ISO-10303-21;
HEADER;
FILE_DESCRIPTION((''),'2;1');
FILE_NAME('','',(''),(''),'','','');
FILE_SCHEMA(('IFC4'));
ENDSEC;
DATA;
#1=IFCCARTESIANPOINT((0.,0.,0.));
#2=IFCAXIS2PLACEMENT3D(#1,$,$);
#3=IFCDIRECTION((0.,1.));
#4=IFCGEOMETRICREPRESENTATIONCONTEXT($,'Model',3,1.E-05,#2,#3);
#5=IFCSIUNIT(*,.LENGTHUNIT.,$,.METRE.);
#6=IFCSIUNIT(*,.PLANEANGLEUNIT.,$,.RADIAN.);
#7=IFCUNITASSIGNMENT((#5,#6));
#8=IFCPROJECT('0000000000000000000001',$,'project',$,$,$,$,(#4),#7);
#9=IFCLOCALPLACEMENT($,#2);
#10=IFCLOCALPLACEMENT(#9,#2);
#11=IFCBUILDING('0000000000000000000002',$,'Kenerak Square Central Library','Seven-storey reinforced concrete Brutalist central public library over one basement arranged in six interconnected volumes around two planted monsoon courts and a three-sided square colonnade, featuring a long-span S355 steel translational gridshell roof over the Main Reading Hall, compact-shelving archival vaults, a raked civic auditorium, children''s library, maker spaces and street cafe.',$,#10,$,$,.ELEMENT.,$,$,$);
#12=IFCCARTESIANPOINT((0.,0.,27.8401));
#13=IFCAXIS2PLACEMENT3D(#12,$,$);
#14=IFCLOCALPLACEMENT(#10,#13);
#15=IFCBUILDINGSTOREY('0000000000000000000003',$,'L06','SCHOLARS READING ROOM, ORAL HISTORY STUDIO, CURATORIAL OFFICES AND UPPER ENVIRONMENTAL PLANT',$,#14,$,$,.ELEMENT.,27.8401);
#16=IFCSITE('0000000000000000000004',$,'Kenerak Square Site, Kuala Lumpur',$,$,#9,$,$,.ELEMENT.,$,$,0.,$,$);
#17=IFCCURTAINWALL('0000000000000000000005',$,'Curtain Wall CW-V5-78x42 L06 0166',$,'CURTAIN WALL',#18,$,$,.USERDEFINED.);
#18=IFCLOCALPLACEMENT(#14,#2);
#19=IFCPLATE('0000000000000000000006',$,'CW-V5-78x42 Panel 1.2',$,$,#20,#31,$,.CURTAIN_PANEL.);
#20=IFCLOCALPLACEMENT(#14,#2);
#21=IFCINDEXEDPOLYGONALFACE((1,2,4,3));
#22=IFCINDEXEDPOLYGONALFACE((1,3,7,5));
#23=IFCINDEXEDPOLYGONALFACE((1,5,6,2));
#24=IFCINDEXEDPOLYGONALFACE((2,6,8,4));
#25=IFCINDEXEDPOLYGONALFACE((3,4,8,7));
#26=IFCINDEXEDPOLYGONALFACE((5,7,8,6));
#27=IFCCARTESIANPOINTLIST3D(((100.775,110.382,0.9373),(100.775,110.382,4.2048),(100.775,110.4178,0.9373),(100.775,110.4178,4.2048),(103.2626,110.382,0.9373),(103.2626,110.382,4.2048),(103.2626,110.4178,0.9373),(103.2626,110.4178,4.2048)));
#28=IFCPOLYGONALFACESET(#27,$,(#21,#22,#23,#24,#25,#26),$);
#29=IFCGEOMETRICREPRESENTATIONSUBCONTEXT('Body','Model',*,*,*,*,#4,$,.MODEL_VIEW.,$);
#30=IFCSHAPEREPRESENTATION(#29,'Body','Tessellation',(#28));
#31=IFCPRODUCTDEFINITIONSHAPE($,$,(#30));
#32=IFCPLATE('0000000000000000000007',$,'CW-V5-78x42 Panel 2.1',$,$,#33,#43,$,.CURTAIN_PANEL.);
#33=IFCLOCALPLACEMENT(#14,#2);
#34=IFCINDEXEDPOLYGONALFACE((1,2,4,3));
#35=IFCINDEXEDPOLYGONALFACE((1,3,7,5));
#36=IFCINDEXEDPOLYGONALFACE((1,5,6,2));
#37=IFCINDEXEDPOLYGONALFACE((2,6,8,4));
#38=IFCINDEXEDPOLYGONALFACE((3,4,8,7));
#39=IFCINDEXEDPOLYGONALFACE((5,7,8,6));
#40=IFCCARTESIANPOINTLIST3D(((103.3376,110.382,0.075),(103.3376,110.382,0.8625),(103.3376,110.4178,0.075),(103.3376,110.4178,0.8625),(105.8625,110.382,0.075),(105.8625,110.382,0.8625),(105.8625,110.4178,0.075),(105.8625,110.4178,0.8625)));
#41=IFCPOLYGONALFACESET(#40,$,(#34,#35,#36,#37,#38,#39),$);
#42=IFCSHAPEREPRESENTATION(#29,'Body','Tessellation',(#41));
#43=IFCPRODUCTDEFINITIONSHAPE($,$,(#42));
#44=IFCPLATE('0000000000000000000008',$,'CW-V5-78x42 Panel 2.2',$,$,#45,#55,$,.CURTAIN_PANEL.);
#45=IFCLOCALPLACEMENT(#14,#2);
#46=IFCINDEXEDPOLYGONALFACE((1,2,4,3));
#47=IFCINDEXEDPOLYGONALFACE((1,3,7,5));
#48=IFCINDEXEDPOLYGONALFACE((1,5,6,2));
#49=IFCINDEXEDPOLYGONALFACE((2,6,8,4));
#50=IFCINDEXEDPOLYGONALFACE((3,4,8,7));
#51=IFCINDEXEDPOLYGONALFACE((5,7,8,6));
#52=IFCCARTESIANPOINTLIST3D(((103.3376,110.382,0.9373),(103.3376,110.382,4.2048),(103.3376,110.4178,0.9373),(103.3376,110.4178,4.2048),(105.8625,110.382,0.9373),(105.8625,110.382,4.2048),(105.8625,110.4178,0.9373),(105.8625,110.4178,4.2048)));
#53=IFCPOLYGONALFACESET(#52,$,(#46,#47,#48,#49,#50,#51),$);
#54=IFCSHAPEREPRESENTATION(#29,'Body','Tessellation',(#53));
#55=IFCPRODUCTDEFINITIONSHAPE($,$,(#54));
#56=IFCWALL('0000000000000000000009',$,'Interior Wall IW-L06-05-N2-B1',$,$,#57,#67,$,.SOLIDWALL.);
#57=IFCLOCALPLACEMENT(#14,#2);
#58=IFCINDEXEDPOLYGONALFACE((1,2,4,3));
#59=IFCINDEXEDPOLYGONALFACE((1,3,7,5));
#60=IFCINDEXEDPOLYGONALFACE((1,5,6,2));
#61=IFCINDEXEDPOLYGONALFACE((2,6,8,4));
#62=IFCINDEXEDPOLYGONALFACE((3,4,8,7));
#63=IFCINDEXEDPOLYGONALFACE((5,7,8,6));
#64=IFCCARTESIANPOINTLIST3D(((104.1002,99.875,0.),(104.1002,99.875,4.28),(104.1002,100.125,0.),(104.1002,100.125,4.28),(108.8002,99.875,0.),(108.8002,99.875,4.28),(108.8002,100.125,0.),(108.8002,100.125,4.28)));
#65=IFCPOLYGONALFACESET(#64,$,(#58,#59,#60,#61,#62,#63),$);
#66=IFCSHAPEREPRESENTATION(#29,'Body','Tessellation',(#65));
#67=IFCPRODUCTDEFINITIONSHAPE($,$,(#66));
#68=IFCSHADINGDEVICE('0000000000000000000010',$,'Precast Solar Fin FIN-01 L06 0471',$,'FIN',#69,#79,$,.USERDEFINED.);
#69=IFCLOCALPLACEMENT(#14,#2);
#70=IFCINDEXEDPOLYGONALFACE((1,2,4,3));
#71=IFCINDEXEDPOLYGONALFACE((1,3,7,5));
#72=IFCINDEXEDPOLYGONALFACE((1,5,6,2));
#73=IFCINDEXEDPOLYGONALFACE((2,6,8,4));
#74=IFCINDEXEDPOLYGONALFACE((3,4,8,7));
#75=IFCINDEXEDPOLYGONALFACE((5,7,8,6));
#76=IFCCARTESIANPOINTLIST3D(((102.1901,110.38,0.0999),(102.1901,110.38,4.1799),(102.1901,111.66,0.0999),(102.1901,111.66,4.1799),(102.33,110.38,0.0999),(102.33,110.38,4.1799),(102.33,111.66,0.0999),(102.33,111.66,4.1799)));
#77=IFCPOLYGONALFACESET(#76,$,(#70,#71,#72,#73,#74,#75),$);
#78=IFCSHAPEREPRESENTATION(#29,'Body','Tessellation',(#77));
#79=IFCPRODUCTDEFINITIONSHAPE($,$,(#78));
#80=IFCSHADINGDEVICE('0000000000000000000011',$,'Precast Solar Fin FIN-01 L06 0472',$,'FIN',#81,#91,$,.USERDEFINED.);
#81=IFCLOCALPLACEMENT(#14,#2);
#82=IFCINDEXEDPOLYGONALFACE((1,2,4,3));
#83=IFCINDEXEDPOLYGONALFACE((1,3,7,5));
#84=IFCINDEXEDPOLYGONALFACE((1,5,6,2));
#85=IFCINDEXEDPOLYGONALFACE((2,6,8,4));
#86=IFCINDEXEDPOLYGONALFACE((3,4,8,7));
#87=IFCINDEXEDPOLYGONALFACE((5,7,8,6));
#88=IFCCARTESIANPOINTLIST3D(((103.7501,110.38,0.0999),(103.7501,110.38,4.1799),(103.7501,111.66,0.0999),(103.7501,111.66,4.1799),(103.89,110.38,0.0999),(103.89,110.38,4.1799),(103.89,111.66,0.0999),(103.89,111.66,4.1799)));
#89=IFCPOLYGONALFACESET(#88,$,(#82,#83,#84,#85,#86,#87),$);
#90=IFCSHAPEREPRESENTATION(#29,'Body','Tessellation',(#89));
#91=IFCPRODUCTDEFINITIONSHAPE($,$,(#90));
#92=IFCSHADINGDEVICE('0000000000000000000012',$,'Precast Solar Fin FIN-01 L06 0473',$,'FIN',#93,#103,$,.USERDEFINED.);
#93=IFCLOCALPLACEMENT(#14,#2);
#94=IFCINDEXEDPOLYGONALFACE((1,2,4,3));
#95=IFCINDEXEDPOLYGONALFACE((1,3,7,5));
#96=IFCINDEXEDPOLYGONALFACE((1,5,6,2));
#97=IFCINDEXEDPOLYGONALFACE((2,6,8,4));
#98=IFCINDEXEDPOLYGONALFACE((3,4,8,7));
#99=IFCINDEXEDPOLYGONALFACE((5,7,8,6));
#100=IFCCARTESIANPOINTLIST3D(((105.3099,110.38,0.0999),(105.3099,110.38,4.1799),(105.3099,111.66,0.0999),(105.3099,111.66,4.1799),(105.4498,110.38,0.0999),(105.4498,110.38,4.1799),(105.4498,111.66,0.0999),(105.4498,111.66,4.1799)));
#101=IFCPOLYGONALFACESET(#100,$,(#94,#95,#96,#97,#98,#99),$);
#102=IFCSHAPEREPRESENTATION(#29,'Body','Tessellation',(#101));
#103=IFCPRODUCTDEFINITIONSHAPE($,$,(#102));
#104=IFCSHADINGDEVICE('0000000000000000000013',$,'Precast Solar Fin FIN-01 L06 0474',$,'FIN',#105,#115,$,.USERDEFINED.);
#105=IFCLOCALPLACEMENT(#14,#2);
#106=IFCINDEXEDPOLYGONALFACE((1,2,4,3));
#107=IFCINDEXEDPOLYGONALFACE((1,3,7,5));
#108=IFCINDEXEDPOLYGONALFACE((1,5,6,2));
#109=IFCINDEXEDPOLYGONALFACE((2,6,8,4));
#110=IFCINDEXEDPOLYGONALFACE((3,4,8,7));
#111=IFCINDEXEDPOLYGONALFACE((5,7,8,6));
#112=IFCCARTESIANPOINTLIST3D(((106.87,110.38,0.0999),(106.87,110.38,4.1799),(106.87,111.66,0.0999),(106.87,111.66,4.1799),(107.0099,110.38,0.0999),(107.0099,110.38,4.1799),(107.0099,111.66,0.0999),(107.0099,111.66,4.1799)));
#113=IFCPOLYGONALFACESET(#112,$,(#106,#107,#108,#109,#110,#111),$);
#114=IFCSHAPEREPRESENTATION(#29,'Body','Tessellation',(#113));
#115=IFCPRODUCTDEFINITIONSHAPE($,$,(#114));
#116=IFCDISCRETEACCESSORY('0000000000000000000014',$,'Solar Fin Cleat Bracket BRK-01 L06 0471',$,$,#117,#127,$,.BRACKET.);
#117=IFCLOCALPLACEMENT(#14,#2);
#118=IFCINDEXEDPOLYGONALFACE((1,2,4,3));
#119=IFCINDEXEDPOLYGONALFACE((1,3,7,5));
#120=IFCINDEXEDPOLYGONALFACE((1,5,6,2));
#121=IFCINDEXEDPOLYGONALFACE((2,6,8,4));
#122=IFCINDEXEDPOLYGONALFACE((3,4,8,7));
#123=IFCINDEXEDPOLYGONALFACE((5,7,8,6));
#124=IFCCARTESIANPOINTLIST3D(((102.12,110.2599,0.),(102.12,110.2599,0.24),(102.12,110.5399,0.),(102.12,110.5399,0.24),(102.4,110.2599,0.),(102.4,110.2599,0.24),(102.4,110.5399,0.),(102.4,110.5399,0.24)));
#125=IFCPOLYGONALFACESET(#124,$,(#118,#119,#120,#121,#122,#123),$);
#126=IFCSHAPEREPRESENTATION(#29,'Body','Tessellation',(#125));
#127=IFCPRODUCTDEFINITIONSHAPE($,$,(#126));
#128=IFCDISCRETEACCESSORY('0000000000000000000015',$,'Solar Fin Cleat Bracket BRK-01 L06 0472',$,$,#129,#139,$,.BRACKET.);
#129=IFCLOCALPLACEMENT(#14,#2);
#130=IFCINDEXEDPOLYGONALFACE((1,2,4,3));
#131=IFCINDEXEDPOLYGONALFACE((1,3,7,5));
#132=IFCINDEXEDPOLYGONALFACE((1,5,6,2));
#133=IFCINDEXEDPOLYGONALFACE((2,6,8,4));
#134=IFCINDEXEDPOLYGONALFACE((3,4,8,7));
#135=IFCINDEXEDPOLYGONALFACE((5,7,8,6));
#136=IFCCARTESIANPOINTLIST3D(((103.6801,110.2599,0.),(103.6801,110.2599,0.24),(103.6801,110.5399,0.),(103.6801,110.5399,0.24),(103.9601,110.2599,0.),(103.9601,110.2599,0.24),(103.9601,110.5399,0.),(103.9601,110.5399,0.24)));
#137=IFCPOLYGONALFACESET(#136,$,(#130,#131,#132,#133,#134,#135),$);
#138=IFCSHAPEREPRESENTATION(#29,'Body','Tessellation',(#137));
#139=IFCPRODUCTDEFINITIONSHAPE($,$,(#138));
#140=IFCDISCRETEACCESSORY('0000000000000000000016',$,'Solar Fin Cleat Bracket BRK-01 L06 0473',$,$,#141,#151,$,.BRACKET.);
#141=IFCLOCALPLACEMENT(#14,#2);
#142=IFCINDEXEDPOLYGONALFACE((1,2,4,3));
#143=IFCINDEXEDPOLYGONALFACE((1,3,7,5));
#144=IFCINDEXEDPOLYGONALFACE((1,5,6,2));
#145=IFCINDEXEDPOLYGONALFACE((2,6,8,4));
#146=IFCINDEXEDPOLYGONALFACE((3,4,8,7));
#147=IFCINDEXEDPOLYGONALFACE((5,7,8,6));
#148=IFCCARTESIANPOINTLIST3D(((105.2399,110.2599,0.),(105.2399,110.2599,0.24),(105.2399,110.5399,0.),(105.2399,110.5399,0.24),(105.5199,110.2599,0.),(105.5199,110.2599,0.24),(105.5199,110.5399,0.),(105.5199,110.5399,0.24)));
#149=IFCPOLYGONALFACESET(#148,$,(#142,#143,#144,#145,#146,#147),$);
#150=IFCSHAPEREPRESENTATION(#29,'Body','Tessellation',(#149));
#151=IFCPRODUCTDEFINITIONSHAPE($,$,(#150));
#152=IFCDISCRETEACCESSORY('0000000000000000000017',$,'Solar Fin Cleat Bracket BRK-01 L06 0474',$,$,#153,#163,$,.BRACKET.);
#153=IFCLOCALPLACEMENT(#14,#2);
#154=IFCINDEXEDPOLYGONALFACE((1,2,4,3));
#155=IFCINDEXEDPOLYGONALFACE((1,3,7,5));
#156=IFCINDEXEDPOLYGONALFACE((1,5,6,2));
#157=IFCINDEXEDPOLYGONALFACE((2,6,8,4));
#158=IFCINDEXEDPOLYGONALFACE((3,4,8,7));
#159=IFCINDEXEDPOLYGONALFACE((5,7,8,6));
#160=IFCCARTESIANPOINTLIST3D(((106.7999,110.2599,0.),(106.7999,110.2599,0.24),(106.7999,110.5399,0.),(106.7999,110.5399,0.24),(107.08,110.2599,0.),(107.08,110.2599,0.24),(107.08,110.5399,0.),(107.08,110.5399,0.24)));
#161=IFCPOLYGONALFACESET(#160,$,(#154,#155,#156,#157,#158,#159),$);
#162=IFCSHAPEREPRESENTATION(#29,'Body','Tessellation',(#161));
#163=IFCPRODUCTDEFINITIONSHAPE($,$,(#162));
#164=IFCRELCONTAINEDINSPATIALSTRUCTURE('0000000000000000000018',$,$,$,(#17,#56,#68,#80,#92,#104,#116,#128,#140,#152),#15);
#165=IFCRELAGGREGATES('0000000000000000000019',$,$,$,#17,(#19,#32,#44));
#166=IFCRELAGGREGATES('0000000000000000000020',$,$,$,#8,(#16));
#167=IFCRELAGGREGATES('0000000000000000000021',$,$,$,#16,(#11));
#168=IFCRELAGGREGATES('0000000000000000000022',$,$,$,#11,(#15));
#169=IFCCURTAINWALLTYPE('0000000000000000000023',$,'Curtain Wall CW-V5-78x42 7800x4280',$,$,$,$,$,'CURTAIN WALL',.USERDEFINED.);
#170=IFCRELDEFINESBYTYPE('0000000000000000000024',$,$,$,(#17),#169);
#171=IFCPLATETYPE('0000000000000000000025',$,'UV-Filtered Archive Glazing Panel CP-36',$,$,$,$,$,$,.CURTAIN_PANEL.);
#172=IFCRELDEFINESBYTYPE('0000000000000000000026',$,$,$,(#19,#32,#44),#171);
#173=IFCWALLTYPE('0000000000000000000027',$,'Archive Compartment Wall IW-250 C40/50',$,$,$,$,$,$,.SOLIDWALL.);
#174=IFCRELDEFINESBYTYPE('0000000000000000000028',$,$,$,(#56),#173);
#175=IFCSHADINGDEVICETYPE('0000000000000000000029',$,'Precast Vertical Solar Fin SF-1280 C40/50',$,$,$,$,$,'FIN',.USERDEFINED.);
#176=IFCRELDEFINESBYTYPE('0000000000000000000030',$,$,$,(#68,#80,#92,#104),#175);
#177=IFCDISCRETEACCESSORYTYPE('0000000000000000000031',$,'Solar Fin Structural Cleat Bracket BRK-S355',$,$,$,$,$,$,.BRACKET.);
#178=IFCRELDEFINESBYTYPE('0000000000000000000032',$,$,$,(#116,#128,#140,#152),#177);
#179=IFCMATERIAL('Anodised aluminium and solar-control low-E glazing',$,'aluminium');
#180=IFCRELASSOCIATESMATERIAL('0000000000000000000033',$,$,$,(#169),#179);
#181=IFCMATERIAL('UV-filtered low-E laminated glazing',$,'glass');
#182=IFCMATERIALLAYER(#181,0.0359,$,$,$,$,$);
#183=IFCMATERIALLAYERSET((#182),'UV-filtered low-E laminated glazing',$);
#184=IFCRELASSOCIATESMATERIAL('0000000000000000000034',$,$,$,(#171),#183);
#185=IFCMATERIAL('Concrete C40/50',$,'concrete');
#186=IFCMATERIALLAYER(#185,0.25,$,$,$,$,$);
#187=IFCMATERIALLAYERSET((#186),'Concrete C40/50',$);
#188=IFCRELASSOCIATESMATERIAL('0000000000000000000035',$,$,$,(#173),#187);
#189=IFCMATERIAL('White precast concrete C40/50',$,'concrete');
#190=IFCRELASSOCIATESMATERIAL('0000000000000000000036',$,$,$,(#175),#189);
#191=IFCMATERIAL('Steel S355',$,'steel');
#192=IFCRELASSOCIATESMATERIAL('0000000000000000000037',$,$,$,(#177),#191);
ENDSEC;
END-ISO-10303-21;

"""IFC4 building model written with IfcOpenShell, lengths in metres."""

from ifc_helpers import new_model, si_unit, direction, frame, frame_2d, origin, origin_2d, place, context, subcontext, project, spatial, rectangle, extrude, material, layer, layer_set, type_object, element, aggregate, save


model = new_model("IFC4")

# Units and contexts
model_context = context("Model", 3, precision=1e-05, world=origin(), true_north=direction((0.0, 1.0)))
body_context = subcontext(model_context, "Body", "Model", "MODEL_VIEW")
ifc_project = project(units=[si_unit("LENGTHUNIT", "METRE"), si_unit("PLANEANGLEUNIT", "RADIAN")], contexts=[model_context])

# Site, building, storey
site_placement = place(None, origin())
site = spatial("IfcSite", under=ifc_project, at=site_placement, Name="Kenerak Square Site, Kuala Lumpur", CompositionType="ELEMENT", RefElevation=0.0)
building_placement = place(site_placement, origin())
building = spatial("IfcBuilding", under=site, at=building_placement, Name="Kenerak Square Central Library", Description="Seven-storey reinforced concrete Brutalist central public library over one basement arranged in six interconnected volumes around two planted monsoon courts and a three-sided square colonnade, featuring a long-span S355 steel translational gridshell roof over the Main Reading Hall, compact-shelving archival vaults, a raked civic auditorium, children's library, maker spaces and street cafe.", CompositionType="ELEMENT")
storey_placement = place(building_placement, frame((0.0, 0.0, 27.8401)))
storey = spatial("IfcBuildingStorey", under=building, at=storey_placement, Name="L06", Description="SCHOLARS READING ROOM, ORAL HISTORY STUDIO, CURATORIAL OFFICES AND UPPER ENVIRONMENTAL PLANT", CompositionType="ELEMENT", Elevation=27.8401)

# Curtain wall, plates
ifc_material_1 = material(Name="Anodised aluminium and solar-control low-E glazing", Category="aluminium")
curtain_wall_type = type_object("IfcCurtainWallType", Name="Curtain Wall CW-V5-78x42 7800x4280", ElementType="CURTAIN WALL", PredefinedType="USERDEFINED", material=ifc_material_1)
curtain_wall_placement = place(storey_placement, origin())
curtain_wall = element("IfcCurtainWall", 1, at=curtain_wall_placement, inside=storey, type_object=curtain_wall_type, Name="Curtain Wall CW-V5-78x42 L06 0166", ObjectType="CURTAIN WALL", PredefinedType="USERDEFINED")
ifc_material_2 = material(Name="UV-filtered low-E laminated glazing", Category="glass")
ifc_layer_1 = layer(ifc_material_2, 0.0359)
ifc_layer_set_1 = layer_set([ifc_layer_1], Name="UV-filtered low-E laminated glazing")
plate_type = type_object("IfcPlateType", Name="UV-Filtered Archive Glazing Panel CP-36", PredefinedType="CURTAIN_PANEL", material=ifc_layer_set_1)
plate_1_placement = place(storey_placement, frame((102.0188, 110.3999, 0.9373), z_axis=(0.0, 0.0, 1.0), x_axis=(1.0, 0.0, 0.0)))
plate_1 = element("IfcPlate", 2, at=plate_1_placement, type_object=plate_type, Name="CW-V5-78x42 Panel 1.2", PredefinedType="CURTAIN_PANEL", context=body_context, shape_type="SweptSolid", body=[
    extrude(rectangle(XDim=2.4875, YDim=0.0359, at=origin_2d()), origin(), (0.0, 0.0, 1.0), 3.2676),
])
plate_2_placement = place(storey_placement, frame((104.6001, 110.3999, 0.075), z_axis=(0.0, 0.0, 1.0), x_axis=(1.0, 0.0, 0.0)))
plate_2 = element("IfcPlate", 3, at=plate_2_placement, type_object=plate_type, Name="CW-V5-78x42 Panel 2.1", PredefinedType="CURTAIN_PANEL", context=body_context, shape_type="SweptSolid", body=[
    extrude(rectangle(XDim=2.5249, YDim=0.0359, at=origin_2d()), origin(), (0.0, 0.0, 1.0), 0.7876),
])
plate_3_placement = place(storey_placement, frame((104.6001, 110.3999, 0.9373), z_axis=(0.0, 0.0, 1.0), x_axis=(1.0, 0.0, 0.0)))
plate_3 = element("IfcPlate", 4, at=plate_3_placement, type_object=plate_type, Name="CW-V5-78x42 Panel 2.2", PredefinedType="CURTAIN_PANEL", context=body_context, shape_type="SweptSolid", body=[
    extrude(rectangle(XDim=2.5249, YDim=0.0359, at=origin_2d()), origin(), (0.0, 0.0, 1.0), 3.2676),
])
aggregate(curtain_wall, [plate_1, plate_2, plate_3])

# Wall
ifc_material_3 = material(Name="Concrete C40/50", Category="concrete")
ifc_layer_2 = layer(ifc_material_3, 0.25)
ifc_layer_set_2 = layer_set([ifc_layer_2], Name="Concrete C40/50")
wall_type = type_object("IfcWallType", Name="Archive Compartment Wall IW-250 C40/50", PredefinedType="SOLIDWALL", material=ifc_layer_set_2)
wall_placement = place(storey_placement, frame((104.1001, 100.0, 0.0), z_axis=(0.0, 0.0, 1.0), x_axis=(1.0, 0.0, 0.0)))
element("IfcWall", 5, at=wall_placement, inside=storey, type_object=wall_type, Name="Interior Wall IW-L06-05-N2-B1", PredefinedType="SOLIDWALL", context=body_context, shape_type="SweptSolid", body=[
    extrude(rectangle(XDim=4.7, YDim=0.25, at=frame_2d((2.3501, 0.0))), origin(), (0.0, 0.0, 1.0), 4.28),
])

# Shading devices
ifc_material_4 = material(Name="White precast concrete C40/50", Category="concrete")
shading_device_type = type_object("IfcShadingDeviceType", Name="Precast Vertical Solar Fin SF-1280 C40/50", ElementType="FIN", PredefinedType="USERDEFINED", material=ifc_material_4)
for number, where, z_axis, x_axis, name in (
    (6, (102.26, 111.02, 0.0999), (0.0, 0.0, 1.0), (1.0, 0.0, 0.0), "Precast Solar Fin FIN-01 L06 0471"),
    (7, (103.8201, 111.02, 0.0999), (0.0, 0.0, 1.0), (1.0, 0.0, 0.0), "Precast Solar Fin FIN-01 L06 0472"),
    (8, (105.3799, 111.02, 0.0999), (0.0, 0.0, 1.0), (1.0, 0.0, 0.0), "Precast Solar Fin FIN-01 L06 0473"),
    (9, (106.9399, 111.02, 0.0999), (0.0, 0.0, 1.0), (1.0, 0.0, 0.0), "Precast Solar Fin FIN-01 L06 0474"),
):
    element("IfcShadingDevice", number, at=place(storey_placement, frame(where, z_axis=z_axis, x_axis=x_axis)), inside=storey, type_object=shading_device_type, Name=name, ObjectType="FIN", PredefinedType="USERDEFINED", context=body_context, shape_type="SweptSolid", body=[
        extrude(rectangle(XDim=0.1399, YDim=1.28, at=origin_2d()), origin(), (0.0, 0.0, 1.0), 4.0801),
    ])

# Discrete accessories
ifc_material_5 = material(Name="Steel S355", Category="steel")
discrete_accessory_type = type_object("IfcDiscreteAccessoryType", Name="Solar Fin Structural Cleat Bracket BRK-S355", PredefinedType="BRACKET", material=ifc_material_5)
for number, where, z_axis, x_axis, name in (
    (10, (102.26, 110.3999, 0.0), (0.0, 0.0, 1.0), (1.0, 0.0, 0.0), "Solar Fin Cleat Bracket BRK-01 L06 0471"),
    (11, (103.8201, 110.3999, 0.0), (0.0, 0.0, 1.0), (1.0, 0.0, 0.0), "Solar Fin Cleat Bracket BRK-01 L06 0472"),
    (12, (105.3799, 110.3999, 0.0), (0.0, 0.0, 1.0), (1.0, 0.0, 0.0), "Solar Fin Cleat Bracket BRK-01 L06 0473"),
    (13, (106.9399, 110.3999, 0.0), (0.0, 0.0, 1.0), (1.0, 0.0, 0.0), "Solar Fin Cleat Bracket BRK-01 L06 0474"),
):
    element("IfcDiscreteAccessory", number, at=place(storey_placement, frame(where, z_axis=z_axis, x_axis=x_axis)), inside=storey, type_object=discrete_accessory_type, Name=name, PredefinedType="BRACKET", context=body_context, shape_type="SweptSolid", body=[
        extrude(rectangle(XDim=0.28, YDim=0.28, at=origin_2d()), origin(), (0.0, 0.0, 1.0), 0.24),
    ])

save(model, "model.ifc")
